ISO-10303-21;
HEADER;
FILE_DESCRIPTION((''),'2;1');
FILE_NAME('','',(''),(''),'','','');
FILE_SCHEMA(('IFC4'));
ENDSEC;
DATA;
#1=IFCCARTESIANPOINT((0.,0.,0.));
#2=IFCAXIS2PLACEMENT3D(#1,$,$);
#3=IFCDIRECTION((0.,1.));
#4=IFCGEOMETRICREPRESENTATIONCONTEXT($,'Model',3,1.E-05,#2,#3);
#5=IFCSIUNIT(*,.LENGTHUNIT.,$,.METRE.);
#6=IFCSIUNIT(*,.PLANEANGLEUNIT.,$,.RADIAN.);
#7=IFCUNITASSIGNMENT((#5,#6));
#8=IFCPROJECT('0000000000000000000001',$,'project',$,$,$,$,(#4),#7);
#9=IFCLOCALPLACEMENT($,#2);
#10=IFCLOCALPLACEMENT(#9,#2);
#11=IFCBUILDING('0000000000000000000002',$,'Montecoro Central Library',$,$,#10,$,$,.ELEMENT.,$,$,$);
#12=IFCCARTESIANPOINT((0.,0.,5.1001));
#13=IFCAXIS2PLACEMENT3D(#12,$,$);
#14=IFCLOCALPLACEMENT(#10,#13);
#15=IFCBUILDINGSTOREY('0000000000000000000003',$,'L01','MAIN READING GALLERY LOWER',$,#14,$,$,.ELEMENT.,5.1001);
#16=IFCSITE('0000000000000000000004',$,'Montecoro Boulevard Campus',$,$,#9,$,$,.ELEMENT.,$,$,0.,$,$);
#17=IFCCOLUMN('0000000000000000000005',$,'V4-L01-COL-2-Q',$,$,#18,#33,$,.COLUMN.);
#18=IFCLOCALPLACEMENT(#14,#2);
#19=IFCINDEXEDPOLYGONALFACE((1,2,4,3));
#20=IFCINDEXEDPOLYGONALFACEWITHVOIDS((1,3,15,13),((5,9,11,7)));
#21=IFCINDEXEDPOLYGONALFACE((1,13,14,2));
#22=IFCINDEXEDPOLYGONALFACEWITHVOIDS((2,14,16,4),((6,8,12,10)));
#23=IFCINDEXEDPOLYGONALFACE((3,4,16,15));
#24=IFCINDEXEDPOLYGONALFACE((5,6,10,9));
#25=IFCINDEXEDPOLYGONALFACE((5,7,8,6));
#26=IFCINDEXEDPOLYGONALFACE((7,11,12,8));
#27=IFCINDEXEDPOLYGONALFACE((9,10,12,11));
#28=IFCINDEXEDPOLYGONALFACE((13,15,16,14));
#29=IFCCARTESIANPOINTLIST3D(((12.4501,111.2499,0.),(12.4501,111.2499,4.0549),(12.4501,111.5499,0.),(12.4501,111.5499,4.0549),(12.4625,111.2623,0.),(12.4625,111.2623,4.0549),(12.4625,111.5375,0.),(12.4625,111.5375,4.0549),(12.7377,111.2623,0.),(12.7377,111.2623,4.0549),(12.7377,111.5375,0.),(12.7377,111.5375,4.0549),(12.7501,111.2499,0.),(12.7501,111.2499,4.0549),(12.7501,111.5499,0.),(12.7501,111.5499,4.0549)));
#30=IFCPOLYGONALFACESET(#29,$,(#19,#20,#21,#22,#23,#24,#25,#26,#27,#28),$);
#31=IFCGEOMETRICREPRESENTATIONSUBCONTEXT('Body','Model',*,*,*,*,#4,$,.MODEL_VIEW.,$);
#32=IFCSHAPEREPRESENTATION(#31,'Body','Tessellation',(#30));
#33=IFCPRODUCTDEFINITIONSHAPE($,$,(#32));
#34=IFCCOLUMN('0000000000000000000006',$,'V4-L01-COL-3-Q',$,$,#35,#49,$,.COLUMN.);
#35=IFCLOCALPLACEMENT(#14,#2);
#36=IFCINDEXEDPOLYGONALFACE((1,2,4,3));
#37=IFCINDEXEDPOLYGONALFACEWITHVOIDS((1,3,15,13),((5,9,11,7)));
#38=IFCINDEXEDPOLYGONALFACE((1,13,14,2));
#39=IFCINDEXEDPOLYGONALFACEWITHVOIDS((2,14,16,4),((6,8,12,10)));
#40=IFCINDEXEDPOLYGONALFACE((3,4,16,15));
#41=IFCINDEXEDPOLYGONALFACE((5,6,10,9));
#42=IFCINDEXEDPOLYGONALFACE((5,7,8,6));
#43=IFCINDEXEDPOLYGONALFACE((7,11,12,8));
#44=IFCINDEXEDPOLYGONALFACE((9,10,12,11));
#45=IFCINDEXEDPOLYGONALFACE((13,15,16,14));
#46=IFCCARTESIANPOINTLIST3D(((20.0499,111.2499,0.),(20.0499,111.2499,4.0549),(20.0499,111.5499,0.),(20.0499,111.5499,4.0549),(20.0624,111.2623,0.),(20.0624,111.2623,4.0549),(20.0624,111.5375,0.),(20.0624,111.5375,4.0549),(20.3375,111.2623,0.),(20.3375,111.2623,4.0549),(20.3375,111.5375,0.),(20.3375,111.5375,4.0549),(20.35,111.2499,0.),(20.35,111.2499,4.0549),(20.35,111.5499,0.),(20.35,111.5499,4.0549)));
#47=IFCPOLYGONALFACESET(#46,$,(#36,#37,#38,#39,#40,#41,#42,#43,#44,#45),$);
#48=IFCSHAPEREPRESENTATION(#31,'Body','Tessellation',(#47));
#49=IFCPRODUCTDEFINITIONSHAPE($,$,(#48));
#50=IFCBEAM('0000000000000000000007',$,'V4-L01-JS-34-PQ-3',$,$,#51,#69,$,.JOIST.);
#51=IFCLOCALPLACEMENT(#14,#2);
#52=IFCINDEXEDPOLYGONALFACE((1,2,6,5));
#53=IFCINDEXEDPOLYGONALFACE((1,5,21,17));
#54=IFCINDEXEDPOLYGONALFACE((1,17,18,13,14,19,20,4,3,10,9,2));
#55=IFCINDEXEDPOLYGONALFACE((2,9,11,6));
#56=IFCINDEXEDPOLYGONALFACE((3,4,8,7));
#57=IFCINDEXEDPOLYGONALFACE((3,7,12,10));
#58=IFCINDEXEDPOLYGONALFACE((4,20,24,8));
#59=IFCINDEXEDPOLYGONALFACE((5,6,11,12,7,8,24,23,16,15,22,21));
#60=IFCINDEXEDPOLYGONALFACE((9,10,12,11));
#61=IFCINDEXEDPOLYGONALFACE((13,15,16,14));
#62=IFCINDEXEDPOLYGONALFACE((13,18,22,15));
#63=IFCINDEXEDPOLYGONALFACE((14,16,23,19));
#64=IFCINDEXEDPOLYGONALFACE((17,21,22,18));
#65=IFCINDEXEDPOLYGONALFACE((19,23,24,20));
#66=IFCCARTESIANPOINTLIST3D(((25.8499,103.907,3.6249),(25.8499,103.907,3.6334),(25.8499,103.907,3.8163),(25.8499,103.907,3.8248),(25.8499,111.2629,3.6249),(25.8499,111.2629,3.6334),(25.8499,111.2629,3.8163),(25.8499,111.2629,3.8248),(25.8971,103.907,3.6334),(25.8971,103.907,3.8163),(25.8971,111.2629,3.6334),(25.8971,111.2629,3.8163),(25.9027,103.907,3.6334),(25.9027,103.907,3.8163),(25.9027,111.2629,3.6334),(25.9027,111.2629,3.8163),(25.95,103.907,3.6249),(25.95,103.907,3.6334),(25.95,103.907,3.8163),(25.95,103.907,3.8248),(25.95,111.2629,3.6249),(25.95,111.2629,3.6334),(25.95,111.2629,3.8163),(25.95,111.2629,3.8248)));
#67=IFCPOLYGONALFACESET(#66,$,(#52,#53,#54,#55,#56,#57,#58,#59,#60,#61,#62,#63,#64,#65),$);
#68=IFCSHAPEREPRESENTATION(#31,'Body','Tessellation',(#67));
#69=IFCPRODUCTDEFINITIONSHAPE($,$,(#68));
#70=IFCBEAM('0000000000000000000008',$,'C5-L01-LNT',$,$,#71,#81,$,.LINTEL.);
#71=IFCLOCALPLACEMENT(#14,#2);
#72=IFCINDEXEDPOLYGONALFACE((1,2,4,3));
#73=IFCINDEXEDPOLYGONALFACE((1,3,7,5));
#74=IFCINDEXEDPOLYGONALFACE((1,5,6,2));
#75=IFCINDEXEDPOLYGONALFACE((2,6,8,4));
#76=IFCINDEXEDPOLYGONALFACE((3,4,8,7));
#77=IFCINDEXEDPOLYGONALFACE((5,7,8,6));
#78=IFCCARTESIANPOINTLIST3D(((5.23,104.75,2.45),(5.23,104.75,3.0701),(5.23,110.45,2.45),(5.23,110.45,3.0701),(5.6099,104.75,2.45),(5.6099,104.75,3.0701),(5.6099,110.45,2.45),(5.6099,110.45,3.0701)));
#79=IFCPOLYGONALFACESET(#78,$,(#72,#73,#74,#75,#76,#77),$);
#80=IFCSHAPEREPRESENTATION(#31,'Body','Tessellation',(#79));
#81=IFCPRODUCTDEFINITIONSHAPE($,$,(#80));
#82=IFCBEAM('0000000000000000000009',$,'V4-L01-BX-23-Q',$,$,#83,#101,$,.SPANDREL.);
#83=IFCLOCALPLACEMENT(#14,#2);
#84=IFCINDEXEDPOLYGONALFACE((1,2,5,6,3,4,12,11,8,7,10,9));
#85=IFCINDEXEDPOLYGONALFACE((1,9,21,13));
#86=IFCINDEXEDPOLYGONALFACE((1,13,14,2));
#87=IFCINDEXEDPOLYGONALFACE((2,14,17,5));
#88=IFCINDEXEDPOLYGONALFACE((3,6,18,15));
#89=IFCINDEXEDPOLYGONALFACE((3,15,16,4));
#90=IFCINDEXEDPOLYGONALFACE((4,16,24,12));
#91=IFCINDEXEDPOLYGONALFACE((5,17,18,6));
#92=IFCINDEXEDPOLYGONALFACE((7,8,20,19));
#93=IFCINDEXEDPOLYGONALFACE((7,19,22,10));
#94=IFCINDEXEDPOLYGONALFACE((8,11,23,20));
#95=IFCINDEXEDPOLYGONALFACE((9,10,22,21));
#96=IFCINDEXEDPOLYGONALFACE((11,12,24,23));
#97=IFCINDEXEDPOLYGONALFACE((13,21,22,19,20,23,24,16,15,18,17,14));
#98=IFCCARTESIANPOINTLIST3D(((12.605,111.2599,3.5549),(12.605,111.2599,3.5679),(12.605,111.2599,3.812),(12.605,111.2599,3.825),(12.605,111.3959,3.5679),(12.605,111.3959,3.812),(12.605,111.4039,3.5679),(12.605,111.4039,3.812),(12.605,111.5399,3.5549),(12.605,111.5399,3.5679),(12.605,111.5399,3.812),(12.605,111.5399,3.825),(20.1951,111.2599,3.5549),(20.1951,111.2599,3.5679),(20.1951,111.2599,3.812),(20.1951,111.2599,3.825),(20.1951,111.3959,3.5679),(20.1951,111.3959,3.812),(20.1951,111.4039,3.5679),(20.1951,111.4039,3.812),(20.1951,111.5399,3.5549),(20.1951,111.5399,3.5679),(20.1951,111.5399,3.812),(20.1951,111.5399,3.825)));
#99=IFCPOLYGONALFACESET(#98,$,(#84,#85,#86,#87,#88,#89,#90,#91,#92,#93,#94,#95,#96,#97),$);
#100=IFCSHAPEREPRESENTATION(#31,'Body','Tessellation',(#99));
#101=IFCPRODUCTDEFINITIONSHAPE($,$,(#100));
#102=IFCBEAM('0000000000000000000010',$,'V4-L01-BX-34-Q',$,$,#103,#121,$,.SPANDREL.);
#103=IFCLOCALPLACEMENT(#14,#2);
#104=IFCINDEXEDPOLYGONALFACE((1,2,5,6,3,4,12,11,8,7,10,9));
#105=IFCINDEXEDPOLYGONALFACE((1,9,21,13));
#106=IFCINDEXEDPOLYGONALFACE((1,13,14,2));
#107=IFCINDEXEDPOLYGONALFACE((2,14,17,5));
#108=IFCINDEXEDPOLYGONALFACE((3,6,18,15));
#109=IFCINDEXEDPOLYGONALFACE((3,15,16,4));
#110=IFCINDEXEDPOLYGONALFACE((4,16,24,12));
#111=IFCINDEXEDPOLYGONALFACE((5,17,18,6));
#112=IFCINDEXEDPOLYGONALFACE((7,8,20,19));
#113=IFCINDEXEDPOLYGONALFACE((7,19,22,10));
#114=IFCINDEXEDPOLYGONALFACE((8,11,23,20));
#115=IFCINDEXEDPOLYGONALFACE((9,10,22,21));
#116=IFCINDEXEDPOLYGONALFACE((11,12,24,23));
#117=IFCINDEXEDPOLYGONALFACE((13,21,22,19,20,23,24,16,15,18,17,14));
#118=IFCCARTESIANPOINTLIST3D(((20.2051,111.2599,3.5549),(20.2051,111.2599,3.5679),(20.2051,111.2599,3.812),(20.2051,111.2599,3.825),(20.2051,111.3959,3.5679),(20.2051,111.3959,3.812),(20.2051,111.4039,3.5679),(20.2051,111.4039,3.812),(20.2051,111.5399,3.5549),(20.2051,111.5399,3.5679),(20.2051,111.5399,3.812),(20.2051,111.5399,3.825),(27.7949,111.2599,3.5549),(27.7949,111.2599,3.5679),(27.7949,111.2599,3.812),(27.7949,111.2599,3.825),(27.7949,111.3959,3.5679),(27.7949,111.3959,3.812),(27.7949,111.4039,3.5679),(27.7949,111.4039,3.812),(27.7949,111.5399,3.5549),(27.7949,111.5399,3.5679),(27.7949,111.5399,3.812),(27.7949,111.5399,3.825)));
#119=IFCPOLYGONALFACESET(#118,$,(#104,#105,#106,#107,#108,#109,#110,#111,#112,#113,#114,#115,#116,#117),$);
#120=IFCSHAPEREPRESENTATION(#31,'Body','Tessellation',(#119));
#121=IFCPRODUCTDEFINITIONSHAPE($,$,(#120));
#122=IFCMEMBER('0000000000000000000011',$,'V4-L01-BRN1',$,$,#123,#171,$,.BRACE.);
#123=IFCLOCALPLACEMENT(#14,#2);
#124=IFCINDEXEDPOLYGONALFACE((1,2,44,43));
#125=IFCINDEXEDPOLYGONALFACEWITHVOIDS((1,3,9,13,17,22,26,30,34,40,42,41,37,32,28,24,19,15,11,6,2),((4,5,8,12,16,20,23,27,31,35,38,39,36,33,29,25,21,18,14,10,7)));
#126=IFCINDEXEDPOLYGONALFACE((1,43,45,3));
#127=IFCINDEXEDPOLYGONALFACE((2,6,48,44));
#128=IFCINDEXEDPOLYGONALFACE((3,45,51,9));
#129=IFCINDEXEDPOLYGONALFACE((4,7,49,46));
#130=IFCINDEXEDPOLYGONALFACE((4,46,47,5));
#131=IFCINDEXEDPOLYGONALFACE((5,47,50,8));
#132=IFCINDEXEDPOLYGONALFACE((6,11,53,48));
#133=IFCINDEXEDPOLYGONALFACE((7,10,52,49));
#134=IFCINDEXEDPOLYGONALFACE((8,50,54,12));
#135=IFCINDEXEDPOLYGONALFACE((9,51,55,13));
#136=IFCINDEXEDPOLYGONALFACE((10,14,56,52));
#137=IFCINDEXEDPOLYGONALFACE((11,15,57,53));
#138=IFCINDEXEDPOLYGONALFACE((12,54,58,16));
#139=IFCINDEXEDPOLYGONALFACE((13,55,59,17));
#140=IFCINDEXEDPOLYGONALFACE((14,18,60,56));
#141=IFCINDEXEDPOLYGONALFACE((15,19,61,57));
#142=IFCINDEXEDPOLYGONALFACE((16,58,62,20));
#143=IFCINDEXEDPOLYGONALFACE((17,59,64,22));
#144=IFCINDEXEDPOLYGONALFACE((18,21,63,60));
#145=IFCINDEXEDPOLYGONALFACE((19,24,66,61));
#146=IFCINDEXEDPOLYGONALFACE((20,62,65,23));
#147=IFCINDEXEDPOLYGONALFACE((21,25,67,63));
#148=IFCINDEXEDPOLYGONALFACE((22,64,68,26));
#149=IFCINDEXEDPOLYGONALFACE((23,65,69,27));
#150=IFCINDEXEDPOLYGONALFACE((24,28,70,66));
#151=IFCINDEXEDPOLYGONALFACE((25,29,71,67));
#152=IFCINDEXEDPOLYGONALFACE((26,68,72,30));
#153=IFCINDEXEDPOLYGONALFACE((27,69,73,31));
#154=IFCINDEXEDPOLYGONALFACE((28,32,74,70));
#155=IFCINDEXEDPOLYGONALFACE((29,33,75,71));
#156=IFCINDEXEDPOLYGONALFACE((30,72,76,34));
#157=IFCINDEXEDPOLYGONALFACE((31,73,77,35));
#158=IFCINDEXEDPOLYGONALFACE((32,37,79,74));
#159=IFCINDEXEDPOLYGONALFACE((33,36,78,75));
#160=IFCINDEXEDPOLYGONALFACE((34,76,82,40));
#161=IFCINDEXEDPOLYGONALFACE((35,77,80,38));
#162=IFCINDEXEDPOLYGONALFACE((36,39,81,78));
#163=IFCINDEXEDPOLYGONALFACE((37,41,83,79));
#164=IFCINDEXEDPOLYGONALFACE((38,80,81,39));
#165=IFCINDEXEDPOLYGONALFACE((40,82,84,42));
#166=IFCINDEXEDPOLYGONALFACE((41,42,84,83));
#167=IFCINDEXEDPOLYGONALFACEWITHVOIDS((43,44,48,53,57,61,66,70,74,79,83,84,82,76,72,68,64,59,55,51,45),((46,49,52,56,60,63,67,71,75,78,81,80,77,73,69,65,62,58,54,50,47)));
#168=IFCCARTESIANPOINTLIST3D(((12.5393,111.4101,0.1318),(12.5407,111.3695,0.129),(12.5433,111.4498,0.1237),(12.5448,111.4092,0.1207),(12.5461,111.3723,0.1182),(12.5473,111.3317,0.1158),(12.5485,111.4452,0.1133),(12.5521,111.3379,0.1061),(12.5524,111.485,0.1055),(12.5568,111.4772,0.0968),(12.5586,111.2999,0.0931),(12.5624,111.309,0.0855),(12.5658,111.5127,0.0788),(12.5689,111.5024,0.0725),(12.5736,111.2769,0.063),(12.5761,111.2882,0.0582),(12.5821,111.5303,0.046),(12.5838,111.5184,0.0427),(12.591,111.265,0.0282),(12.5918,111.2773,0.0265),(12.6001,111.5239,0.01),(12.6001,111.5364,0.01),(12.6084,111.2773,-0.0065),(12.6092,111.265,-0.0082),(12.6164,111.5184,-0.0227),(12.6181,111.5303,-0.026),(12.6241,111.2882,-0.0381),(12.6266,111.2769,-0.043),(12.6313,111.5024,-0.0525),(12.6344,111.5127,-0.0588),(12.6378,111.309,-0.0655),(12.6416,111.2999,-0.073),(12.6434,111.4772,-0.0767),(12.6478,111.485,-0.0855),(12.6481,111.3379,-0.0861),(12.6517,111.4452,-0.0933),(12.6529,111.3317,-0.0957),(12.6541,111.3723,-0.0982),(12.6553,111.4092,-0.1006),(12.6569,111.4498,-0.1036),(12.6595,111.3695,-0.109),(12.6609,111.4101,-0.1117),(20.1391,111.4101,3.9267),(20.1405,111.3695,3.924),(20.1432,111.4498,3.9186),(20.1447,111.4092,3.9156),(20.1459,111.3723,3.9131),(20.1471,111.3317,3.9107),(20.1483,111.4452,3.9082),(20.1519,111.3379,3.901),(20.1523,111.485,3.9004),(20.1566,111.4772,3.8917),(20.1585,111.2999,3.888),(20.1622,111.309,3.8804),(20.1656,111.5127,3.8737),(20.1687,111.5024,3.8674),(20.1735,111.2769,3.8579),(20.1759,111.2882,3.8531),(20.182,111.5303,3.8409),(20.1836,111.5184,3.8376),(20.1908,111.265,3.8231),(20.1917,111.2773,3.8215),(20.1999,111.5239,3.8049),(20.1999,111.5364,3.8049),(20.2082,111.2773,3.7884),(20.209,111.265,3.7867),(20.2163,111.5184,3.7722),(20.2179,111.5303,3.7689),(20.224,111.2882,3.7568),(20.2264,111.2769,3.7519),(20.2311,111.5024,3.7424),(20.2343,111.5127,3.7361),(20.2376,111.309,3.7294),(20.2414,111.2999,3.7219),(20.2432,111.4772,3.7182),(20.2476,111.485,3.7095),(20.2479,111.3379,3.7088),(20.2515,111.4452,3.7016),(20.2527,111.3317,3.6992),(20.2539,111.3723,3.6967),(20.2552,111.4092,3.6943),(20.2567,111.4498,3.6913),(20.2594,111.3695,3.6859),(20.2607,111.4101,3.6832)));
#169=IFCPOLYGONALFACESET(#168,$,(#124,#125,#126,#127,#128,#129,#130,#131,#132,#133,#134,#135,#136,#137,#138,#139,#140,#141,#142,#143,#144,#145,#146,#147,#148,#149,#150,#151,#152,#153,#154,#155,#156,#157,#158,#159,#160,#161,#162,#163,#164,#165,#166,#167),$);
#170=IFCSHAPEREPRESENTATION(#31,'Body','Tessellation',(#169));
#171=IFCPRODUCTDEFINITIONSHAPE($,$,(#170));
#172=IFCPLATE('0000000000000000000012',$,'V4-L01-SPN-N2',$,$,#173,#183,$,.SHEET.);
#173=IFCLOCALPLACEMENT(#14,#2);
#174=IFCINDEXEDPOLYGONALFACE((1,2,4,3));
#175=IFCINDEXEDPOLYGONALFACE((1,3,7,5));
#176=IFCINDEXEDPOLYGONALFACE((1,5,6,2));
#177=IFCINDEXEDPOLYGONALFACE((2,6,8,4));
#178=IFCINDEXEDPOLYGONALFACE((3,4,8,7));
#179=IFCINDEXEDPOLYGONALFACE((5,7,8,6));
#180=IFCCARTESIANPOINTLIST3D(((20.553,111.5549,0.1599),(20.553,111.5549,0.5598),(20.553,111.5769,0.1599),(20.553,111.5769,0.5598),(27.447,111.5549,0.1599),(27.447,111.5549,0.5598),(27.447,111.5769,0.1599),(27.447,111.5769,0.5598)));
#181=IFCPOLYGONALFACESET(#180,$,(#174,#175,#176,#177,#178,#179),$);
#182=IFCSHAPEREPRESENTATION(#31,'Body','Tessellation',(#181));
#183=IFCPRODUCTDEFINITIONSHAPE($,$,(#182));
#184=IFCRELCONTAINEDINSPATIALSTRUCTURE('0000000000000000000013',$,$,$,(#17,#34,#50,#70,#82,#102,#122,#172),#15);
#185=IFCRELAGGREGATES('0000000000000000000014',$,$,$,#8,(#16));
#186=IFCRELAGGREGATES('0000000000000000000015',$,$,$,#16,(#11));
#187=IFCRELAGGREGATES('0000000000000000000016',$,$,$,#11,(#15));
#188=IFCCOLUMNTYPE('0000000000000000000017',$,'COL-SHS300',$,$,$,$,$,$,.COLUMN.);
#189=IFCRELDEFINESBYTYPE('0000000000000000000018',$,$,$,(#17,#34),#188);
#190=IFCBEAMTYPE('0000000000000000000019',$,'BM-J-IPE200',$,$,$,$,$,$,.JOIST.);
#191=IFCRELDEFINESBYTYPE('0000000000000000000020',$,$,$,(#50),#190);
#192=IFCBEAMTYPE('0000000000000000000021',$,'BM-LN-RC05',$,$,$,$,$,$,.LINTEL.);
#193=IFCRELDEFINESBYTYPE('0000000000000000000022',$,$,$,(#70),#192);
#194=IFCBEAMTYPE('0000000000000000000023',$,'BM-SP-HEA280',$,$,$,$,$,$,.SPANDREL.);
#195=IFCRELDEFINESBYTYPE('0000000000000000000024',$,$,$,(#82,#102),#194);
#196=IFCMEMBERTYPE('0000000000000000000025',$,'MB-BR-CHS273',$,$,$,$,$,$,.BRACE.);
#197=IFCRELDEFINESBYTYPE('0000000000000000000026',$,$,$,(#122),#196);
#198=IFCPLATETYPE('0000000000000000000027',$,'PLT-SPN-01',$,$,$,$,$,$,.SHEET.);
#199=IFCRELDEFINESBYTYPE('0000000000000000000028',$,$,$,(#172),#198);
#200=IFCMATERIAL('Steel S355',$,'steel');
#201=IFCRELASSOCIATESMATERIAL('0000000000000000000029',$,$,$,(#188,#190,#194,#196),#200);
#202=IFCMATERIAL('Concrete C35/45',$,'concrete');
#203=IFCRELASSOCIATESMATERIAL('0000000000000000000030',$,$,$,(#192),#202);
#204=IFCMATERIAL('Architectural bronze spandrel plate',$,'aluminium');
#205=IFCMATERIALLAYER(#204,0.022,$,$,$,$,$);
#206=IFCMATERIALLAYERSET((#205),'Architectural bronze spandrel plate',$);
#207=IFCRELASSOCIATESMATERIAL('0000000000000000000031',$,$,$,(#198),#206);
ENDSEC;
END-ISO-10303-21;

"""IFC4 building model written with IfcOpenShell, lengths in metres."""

from ifc_helpers import new_model, si_unit, direction, frame, origin, origin_2d, place, context, subcontext, project, spatial, rectangle, hollow_rectangle, hollow_circle, i_section, extrude, material, layer, layer_set, material_profile, profile_set, type_object, element, save


model = new_model("IFC4")

# Units and contexts
model_context = context("Model", 3, precision=1e-05, world=origin(), true_north=direction((0.0, 1.0)))
body_context = subcontext(model_context, "Body", "Model", "MODEL_VIEW")
ifc_project = project(units=[si_unit("LENGTHUNIT", "METRE"), si_unit("PLANEANGLEUNIT", "RADIAN")], contexts=[model_context])

# Site, building, storey
site_placement = place(None, origin())
site = spatial("IfcSite", under=ifc_project, at=site_placement, Name="Montecoro Boulevard Campus", CompositionType="ELEMENT", RefElevation=0.0)
building_placement = place(site_placement, origin())
building = spatial("IfcBuilding", under=site, at=building_placement, Name="Montecoro Central Library", CompositionType="ELEMENT")
storey_placement = place(building_placement, frame((0.0, 0.0, 5.1001)))
storey = spatial("IfcBuildingStorey", under=building, at=storey_placement, Name="L01", Description="MAIN READING GALLERY LOWER", CompositionType="ELEMENT", Elevation=5.1001)

# Columns
ifc_material_1 = material(Name="Steel S355", Category="steel")
ifc_material_profile_1 = material_profile(ifc_material_1, hollow_rectangle(XDim=0.3, YDim=0.3, WallThickness=0.0125, at=origin_2d()), Name="SHS 300x300x12.5")
ifc_profile_set_1 = profile_set([ifc_material_profile_1], Name="Steel S355")
column_type = type_object("IfcColumnType", Name="COL-SHS300", PredefinedType="COLUMN", material=ifc_profile_set_1)
for number, where, z_axis, x_axis, name in (
    (1, (12.6001, 111.3999, 0.0), (0.0, 0.0, 1.0), (1.0, 0.0, 0.0), "V4-L01-COL-2-Q"),
    (2, (20.2, 111.3999, 0.0), (0.0, 0.0, 1.0), (1.0, 0.0, 0.0), "V4-L01-COL-3-Q"),
):
    element("IfcColumn", number, at=place(storey_placement, frame(where, z_axis=z_axis, x_axis=x_axis)), inside=storey, type_object=column_type, Name=name, PredefinedType="COLUMN", context=body_context, shape_type="SweptSolid", body=[
        extrude(hollow_rectangle(XDim=0.3, YDim=0.3, WallThickness=0.0125, at=origin_2d()), origin(), (0.0, 0.0, 1.0), 4.0549),
    ])

# Beams
ifc_material_profile_2 = material_profile(ifc_material_1, i_section(OverallWidth=0.1001, OverallDepth=0.2, WebThickness=0.0056, FlangeThickness=0.0085, at=origin_2d()), Name="IPE 200")
ifc_profile_set_2 = profile_set([ifc_material_profile_2], Name="Steel S355")
beam_type_1 = type_object("IfcBeamType", Name="BM-J-IPE200", PredefinedType="JOIST", material=ifc_profile_set_2)
beam_1_placement = place(storey_placement, frame((25.8999, 103.907, 3.7249), z_axis=(0.0, 1.0, 0.0), x_axis=(-1.0, 0.0, 0.0)))
element("IfcBeam", 3, at=beam_1_placement, inside=storey, type_object=beam_type_1, Name="V4-L01-JS-34-PQ-3", PredefinedType="JOIST", context=body_context, shape_type="SweptSolid", body=[
    extrude(i_section(OverallWidth=0.1001, OverallDepth=0.2, WebThickness=0.0056, FlangeThickness=0.0085, at=origin_2d()), origin(), (0.0, 0.0, 1.0), 7.356),
])
ifc_material_2 = material(Name="Concrete C35/45", Category="concrete")
ifc_material_profile_3 = material_profile(ifc_material_2, rectangle(XDim=0.3799, YDim=0.6201, at=origin_2d()), Name="RC LNT 620x380")
ifc_profile_set_3 = profile_set([ifc_material_profile_3], Name="Concrete C35/45")
beam_type_2 = type_object("IfcBeamType", Name="BM-LN-RC05", PredefinedType="LINTEL", material=ifc_profile_set_3)
beam_2_placement = place(storey_placement, frame((5.4199, 104.75, 2.76), z_axis=(0.0, 1.0, 0.0), x_axis=(-1.0, 0.0, 0.0)))
element("IfcBeam", 4, at=beam_2_placement, inside=storey, type_object=beam_type_2, Name="C5-L01-LNT", PredefinedType="LINTEL", context=body_context, shape_type="SweptSolid", body=[
    extrude(rectangle(XDim=0.3799, YDim=0.6201, at=origin_2d()), origin(), (0.0, 0.0, 1.0), 5.7),
])
ifc_material_profile_4 = material_profile(ifc_material_1, i_section(OverallWidth=0.28, OverallDepth=0.27, WebThickness=0.0081, FlangeThickness=0.0129, at=origin_2d()), Name="HEA 280")
ifc_profile_set_4 = profile_set([ifc_material_profile_4], Name="Steel S355")
beam_type_3 = type_object("IfcBeamType", Name="BM-SP-HEA280", PredefinedType="SPANDREL", material=ifc_profile_set_4)
beam_3_placement = place(storey_placement, frame((12.605, 111.3999, 3.6899), z_axis=(1.0, 0.0, 0.0), x_axis=(0.0, 1.0, 0.0)))
element("IfcBeam", 5, at=beam_3_placement, inside=storey, type_object=beam_type_3, Name="V4-L01-BX-23-Q", PredefinedType="SPANDREL", context=body_context, shape_type="SweptSolid", body=[
    extrude(i_section(OverallWidth=0.28, OverallDepth=0.27, WebThickness=0.0081, FlangeThickness=0.0129, at=origin_2d()), origin(), (0.0, 0.0, 1.0), 7.5901),
])
beam_4_placement = place(storey_placement, frame((20.2051, 111.3999, 3.6899), z_axis=(1.0, 0.0, 0.0), x_axis=(0.0, 1.0, 0.0)))
element("IfcBeam", 6, at=beam_4_placement, inside=storey, type_object=beam_type_3, Name="V4-L01-BX-34-Q", PredefinedType="SPANDREL", context=body_context, shape_type="SweptSolid", body=[
    extrude(i_section(OverallWidth=0.28, OverallDepth=0.27, WebThickness=0.0081, FlangeThickness=0.0129, at=origin_2d()), origin(), (0.0, 0.0, 1.0), 7.5898),
])

# Member
ifc_material_profile_5 = material_profile(ifc_material_1, hollow_circle(Radius=0.1365, WallThickness=0.0125, at=origin_2d()), Name="CHS 273.0x12.5")
ifc_profile_set_5 = profile_set([ifc_material_profile_5], Name="Steel S355")
member_type = type_object("IfcMemberType", Name="MB-BR-CHS273", PredefinedType="BRACE", material=ifc_profile_set_5)
member_placement = place(storey_placement, frame((12.6001, 111.3999, 0.01), z_axis=(0.894663, 0.0, 0.446742), x_axis=(0.0, 1.0, 0.0)))
element("IfcMember", 7, at=member_placement, inside=storey, type_object=member_type, Name="V4-L01-BRN1", PredefinedType="BRACE", context=body_context, shape_type="SweptSolid", body=[
    extrude(hollow_circle(Radius=0.1365, WallThickness=0.0125, at=origin_2d()), origin(), (0.0, 0.0, 1.0), 8.4946),
])

# Plate
ifc_material_3 = material(Name="Architectural bronze spandrel plate", Category="aluminium")
ifc_layer_1 = layer(ifc_material_3, 0.022)
ifc_layer_set_1 = layer_set([ifc_layer_1], Name="Architectural bronze spandrel plate")
plate_type_1 = type_object("IfcPlateType", Name="PLT-SPN-01", PredefinedType="SHEET", material=ifc_layer_set_1)
plate_1_placement = place(storey_placement, frame((24.0, 111.5659, 0.1599), z_axis=(0.0, 0.0, 1.0), x_axis=(-1.0, 0.0, 0.0)))
element("IfcPlate", 8, at=plate_1_placement, inside=storey, type_object=plate_type_1, Name="V4-L01-SPN-N2", PredefinedType="SHEET", context=body_context, shape_type="SweptSolid", body=[
    extrude(rectangle(XDim=6.894, YDim=0.022, at=origin_2d()), origin(), (0.0, 0.0, 1.0), 0.3999),
])

save(model, "model.ifc")
